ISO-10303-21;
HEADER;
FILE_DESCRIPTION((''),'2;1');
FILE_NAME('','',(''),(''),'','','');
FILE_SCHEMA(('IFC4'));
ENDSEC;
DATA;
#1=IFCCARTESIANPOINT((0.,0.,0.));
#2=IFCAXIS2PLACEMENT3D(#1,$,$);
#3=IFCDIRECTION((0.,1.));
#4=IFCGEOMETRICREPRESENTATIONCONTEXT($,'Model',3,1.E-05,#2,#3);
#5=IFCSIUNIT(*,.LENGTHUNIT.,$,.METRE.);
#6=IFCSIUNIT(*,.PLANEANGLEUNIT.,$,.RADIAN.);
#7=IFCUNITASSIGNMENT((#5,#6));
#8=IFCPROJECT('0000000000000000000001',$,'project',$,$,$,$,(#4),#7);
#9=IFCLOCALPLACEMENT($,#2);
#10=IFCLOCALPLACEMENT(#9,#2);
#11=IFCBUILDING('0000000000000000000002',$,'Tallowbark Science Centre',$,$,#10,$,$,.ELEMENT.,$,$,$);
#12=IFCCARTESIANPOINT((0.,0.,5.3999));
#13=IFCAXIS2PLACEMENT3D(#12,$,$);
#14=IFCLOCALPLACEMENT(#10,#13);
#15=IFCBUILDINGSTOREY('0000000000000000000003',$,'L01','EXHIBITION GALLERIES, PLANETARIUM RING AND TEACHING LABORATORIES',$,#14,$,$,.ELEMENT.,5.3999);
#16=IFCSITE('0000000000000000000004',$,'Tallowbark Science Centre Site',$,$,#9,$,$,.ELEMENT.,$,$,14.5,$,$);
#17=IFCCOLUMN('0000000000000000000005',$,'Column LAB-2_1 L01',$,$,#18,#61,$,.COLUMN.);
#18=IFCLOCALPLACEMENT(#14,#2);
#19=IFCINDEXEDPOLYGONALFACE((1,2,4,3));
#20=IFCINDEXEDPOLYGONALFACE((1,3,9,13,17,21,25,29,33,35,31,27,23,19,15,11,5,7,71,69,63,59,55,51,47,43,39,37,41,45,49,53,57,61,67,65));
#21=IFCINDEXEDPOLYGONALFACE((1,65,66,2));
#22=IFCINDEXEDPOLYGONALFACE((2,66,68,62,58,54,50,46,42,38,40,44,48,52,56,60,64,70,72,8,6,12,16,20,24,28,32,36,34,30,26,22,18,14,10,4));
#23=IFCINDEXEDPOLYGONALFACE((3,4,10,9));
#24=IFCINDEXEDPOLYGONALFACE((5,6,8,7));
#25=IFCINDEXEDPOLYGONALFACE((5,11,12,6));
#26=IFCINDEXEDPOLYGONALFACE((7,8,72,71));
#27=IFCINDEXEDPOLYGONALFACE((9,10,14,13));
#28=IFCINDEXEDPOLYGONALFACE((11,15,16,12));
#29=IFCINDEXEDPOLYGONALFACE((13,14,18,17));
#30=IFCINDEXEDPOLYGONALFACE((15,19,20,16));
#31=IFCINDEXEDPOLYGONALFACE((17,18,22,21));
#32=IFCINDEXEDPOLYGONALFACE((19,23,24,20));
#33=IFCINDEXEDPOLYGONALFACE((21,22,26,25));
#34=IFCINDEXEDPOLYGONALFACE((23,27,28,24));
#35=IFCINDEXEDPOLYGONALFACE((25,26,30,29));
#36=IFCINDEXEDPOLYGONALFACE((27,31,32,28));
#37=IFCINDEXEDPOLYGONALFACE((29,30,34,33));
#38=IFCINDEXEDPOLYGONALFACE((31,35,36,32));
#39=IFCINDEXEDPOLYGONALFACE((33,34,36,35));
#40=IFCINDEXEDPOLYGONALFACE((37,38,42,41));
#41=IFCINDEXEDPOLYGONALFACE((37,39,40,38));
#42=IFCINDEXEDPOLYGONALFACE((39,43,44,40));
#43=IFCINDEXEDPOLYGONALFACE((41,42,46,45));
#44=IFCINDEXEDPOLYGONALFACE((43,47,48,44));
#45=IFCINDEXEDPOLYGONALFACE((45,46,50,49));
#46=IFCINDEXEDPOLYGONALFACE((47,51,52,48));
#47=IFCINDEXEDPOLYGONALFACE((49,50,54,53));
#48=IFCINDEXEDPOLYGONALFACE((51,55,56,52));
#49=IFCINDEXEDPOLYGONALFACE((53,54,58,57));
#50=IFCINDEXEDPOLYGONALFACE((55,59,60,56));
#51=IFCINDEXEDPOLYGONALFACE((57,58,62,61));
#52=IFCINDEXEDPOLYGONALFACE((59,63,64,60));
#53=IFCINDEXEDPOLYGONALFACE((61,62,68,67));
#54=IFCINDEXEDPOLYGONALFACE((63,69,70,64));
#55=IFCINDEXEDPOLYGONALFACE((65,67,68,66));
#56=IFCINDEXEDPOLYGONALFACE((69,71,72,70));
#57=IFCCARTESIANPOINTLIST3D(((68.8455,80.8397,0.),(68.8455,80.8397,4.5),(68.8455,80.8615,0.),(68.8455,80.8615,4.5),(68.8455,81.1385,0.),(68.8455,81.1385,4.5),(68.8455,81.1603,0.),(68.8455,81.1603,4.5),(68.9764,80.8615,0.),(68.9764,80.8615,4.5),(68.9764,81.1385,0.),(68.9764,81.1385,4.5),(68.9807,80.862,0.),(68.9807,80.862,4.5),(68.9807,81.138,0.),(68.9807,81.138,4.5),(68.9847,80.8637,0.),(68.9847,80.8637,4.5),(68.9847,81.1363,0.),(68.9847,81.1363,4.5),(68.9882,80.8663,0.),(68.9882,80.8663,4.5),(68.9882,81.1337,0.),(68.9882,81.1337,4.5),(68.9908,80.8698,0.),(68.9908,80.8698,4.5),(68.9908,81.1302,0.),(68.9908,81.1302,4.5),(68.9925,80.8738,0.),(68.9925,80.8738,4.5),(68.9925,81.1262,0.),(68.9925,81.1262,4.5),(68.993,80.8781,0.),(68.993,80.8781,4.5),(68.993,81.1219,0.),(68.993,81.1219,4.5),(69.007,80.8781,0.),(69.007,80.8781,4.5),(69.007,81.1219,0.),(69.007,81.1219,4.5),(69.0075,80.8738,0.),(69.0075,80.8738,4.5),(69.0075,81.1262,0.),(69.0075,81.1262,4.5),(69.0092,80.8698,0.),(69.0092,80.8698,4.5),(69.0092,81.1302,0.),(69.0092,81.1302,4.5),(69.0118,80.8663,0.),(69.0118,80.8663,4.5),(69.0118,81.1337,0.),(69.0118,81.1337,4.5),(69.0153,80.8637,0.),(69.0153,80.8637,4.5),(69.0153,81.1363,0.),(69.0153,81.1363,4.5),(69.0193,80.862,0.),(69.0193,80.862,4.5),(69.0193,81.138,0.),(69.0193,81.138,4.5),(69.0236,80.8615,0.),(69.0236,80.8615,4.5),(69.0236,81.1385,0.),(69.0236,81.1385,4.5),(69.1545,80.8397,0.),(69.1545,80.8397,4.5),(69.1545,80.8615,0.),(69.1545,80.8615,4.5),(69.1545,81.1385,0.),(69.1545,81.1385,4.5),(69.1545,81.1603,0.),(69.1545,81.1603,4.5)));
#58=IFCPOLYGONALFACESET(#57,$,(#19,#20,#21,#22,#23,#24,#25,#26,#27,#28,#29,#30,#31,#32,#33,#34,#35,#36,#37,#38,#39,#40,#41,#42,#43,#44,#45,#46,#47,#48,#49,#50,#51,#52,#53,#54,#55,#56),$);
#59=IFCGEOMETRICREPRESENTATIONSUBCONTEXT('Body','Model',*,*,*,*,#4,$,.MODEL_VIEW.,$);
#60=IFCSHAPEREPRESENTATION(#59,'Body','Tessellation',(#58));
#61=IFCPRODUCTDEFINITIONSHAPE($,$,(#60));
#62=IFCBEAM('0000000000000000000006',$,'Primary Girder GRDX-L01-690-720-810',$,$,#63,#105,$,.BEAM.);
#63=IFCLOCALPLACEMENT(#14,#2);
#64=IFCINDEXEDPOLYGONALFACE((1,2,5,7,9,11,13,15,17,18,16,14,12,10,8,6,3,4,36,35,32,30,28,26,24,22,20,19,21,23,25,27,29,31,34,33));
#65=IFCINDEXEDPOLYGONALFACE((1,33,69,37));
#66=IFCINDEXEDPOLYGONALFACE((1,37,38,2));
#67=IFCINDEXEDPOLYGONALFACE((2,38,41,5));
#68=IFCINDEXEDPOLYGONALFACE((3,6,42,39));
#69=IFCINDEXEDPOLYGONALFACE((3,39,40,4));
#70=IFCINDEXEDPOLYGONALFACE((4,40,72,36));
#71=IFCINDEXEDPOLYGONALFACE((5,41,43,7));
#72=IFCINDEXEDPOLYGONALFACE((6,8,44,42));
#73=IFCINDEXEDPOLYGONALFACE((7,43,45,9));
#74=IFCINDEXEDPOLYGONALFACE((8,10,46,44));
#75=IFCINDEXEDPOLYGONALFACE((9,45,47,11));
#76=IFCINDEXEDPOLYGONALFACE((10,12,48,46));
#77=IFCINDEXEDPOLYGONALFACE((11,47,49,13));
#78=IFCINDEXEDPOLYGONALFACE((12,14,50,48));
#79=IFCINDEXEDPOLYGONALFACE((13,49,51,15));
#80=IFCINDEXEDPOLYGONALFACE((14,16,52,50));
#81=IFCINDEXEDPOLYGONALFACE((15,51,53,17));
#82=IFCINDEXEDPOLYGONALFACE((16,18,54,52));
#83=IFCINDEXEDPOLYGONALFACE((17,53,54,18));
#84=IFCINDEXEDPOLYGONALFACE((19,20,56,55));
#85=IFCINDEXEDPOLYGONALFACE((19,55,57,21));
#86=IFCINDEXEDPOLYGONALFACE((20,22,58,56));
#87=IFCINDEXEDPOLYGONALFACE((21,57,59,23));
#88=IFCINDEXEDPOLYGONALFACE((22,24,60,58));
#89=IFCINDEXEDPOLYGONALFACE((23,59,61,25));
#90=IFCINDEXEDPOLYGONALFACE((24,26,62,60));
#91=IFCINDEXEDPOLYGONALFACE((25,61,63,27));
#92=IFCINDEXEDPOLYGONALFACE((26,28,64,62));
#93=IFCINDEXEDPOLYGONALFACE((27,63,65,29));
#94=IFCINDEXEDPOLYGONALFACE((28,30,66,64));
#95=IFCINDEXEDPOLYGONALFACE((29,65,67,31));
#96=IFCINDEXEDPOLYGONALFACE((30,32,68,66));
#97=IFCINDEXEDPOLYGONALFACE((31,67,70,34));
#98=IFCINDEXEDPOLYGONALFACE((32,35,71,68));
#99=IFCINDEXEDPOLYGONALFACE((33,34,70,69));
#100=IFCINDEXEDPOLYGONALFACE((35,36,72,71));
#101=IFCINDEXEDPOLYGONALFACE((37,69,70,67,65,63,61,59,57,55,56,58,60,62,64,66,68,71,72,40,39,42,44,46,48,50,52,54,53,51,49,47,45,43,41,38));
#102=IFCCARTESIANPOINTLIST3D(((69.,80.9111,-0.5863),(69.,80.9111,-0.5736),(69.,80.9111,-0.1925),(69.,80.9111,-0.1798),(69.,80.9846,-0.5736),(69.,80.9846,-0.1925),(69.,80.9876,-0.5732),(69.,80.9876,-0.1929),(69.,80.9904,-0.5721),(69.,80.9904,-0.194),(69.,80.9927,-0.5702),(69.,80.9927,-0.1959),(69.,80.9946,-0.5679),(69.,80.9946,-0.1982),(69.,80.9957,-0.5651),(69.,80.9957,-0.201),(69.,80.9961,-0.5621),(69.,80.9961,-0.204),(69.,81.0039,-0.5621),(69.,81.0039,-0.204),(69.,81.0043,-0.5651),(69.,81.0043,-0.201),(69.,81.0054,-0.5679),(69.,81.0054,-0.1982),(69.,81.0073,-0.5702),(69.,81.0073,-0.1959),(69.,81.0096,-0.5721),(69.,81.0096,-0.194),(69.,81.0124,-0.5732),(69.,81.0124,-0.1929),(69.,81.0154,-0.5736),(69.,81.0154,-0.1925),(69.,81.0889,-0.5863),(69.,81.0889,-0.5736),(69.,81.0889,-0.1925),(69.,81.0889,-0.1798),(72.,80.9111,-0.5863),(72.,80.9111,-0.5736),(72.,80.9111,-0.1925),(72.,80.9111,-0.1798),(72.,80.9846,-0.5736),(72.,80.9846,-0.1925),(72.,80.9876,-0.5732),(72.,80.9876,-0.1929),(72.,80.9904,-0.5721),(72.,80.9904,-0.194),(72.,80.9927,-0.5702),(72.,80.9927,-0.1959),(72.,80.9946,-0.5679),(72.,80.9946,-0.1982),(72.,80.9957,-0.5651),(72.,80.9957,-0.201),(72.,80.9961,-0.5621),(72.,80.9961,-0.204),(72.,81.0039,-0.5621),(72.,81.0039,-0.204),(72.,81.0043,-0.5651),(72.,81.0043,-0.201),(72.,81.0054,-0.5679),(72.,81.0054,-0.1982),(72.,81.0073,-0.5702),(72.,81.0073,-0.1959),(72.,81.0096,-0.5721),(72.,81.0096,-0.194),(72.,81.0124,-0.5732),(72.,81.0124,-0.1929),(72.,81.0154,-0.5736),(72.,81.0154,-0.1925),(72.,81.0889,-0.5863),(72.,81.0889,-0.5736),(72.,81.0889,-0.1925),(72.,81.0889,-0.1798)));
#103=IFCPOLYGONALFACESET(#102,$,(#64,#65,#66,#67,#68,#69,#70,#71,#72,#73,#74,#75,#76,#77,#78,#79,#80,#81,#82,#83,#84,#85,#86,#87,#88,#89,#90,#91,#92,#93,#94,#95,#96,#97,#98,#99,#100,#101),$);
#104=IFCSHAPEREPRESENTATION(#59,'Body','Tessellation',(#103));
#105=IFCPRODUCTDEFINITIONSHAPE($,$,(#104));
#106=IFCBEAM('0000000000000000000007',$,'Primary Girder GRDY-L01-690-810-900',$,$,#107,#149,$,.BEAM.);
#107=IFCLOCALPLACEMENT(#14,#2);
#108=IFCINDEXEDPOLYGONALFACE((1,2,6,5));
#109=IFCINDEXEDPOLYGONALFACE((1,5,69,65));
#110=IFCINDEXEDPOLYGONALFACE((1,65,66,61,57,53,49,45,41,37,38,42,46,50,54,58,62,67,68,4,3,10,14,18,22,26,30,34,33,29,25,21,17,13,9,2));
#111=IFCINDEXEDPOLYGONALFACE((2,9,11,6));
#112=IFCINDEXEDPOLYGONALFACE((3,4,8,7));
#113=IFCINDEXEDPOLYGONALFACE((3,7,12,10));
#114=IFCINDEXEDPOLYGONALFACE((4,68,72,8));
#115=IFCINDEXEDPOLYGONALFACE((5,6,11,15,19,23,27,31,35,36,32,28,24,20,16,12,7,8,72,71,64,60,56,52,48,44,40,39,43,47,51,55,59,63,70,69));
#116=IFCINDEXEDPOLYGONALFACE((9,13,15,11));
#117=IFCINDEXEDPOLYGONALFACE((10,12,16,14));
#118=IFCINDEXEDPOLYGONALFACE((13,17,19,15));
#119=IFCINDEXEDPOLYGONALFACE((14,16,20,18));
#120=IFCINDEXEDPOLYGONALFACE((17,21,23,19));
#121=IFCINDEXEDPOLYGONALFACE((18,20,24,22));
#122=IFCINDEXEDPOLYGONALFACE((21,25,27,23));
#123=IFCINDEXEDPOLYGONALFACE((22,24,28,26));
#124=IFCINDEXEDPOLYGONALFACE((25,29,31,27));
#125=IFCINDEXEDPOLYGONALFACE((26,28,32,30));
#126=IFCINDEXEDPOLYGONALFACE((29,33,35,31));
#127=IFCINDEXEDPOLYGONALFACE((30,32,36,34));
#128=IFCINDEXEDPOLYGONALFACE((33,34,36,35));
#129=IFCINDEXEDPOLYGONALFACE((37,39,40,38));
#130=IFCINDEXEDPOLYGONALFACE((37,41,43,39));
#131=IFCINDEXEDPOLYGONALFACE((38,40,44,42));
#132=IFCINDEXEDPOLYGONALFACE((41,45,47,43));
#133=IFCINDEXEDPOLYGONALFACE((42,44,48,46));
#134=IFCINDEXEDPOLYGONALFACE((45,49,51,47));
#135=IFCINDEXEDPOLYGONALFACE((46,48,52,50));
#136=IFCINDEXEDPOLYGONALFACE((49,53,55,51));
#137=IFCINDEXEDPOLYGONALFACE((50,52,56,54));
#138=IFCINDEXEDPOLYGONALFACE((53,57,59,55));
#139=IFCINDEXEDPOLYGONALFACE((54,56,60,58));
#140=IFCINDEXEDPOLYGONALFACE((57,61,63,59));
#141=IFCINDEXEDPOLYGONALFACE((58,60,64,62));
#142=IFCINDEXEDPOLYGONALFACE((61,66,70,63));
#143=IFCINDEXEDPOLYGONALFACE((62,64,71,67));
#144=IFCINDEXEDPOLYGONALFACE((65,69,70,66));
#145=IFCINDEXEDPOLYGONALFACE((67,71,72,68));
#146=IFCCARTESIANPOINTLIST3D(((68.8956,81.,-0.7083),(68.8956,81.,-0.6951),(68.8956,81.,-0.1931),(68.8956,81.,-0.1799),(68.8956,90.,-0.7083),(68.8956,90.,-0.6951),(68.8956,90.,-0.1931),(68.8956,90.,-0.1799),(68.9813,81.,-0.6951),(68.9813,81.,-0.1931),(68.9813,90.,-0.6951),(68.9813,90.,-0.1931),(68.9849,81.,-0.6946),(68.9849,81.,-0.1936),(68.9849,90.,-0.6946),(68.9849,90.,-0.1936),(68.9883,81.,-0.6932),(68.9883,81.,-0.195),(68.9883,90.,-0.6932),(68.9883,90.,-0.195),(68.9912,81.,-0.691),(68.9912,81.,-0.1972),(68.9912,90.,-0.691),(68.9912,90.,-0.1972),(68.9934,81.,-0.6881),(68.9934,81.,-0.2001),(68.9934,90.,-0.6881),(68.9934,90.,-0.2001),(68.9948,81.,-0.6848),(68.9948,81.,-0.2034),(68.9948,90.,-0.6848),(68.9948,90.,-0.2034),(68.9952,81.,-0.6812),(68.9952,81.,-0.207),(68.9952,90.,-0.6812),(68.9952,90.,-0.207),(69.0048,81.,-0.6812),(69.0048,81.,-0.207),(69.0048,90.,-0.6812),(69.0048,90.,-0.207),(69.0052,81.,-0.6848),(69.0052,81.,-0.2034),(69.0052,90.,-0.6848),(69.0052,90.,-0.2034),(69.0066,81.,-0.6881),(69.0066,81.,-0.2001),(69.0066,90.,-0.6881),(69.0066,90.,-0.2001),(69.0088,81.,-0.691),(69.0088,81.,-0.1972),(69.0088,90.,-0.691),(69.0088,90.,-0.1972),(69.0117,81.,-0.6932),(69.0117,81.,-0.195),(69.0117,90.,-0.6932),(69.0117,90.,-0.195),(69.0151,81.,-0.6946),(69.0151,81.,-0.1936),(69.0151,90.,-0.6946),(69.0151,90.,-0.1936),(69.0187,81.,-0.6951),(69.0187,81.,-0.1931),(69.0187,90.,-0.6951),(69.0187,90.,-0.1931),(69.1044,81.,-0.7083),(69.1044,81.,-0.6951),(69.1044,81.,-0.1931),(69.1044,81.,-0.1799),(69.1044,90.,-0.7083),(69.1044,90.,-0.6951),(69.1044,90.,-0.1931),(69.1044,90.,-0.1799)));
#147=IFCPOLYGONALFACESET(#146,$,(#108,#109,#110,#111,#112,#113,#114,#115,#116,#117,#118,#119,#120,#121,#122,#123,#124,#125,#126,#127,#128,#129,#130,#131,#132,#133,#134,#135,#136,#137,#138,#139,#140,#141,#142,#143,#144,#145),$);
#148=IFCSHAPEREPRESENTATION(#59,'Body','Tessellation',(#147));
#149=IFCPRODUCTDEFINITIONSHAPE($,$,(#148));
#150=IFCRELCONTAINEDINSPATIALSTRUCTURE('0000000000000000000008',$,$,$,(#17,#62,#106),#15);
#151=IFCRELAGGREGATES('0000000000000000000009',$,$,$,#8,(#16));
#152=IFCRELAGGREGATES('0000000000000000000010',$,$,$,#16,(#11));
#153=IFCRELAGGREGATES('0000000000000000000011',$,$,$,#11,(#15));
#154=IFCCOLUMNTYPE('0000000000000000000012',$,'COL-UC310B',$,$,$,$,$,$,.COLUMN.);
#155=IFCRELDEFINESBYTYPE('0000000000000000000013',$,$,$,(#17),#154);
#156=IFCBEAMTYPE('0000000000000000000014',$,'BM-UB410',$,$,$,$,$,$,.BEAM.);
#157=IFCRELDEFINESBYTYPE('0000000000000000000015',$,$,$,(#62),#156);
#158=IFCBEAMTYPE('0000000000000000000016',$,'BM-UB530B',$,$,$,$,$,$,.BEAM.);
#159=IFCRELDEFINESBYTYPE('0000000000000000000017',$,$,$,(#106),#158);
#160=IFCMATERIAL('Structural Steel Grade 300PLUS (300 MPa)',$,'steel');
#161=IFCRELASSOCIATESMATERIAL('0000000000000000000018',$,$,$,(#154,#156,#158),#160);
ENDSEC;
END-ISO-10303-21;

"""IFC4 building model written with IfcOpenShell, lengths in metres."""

from ifc_helpers import new_model, si_unit, direction, frame, origin, origin_2d, place, context, subcontext, project, spatial, i_section, extrude, material, material_profile, profile_set, type_object, element, save


model = new_model("IFC4")

# Units and contexts
model_context = context("Model", 3, precision=1e-05, world=origin(), true_north=direction((0.0, 1.0)))
body_context = subcontext(model_context, "Body", "Model", "MODEL_VIEW")
ifc_project = project(units=[si_unit("LENGTHUNIT", "METRE"), si_unit("PLANEANGLEUNIT", "RADIAN")], contexts=[model_context])

# Site, building, storey
site_placement = place(None, origin())
site = spatial("IfcSite", under=ifc_project, at=site_placement, Name="Tallowbark Science Centre Site", CompositionType="ELEMENT", RefElevation=14.5)
building_placement = place(site_placement, origin())
building = spatial("IfcBuilding", under=site, at=building_placement, Name="Tallowbark Science Centre", CompositionType="ELEMENT")
storey_placement = place(building_placement, frame((0.0, 0.0, 5.3999)))
storey = spatial("IfcBuildingStorey", under=building, at=storey_placement, Name="L01", Description="EXHIBITION GALLERIES, PLANETARIUM RING AND TEACHING LABORATORIES", CompositionType="ELEMENT", Elevation=5.3999)

# Column
ifc_material_1 = material(Name="Structural Steel Grade 300PLUS (300 MPa)", Category="steel")
ifc_material_profile_1 = material_profile(ifc_material_1, i_section(OverallWidth=0.3091, OverallDepth=0.3206, WebThickness=0.0139, FlangeThickness=0.0217, FilletRadius=0.0166, at=origin_2d()), Name="310UC137")
ifc_profile_set_1 = profile_set([ifc_material_profile_1], Name="Structural Steel Grade 300PLUS (300 MPa)")
column_type = type_object("IfcColumnType", Name="COL-UC310B", PredefinedType="COLUMN", material=ifc_profile_set_1)
column_placement = place(storey_placement, frame((69.0, 81.0, 0.0), z_axis=(0.0, 0.0, 1.0), x_axis=(1.0, 0.0, 0.0)))
element("IfcColumn", 1, at=column_placement, inside=storey, type_object=column_type, Name="Column LAB-2_1 L01", PredefinedType="COLUMN", context=body_context, shape_type="SweptSolid", body=[
    extrude(i_section(OverallWidth=0.3091, OverallDepth=0.3206, WebThickness=0.0139, FlangeThickness=0.0217, FilletRadius=0.0166, at=origin_2d()), origin(), (0.0, 0.0, 1.0), 4.5),
])

# Beams
ifc_material_profile_2 = material_profile(ifc_material_1, i_section(OverallWidth=0.1777, OverallDepth=0.4065, WebThickness=0.0078, FlangeThickness=0.0127, FilletRadius=0.0115, at=origin_2d()), Name="410UB59.7")
ifc_profile_set_2 = profile_set([ifc_material_profile_2], Name="Structural Steel Grade 300PLUS (300 MPa)")
beam_type_1 = type_object("IfcBeamType", Name="BM-UB410", PredefinedType="BEAM", material=ifc_profile_set_2)
beam_1_placement = place(storey_placement, frame((69.0, 81.0, -0.3831), z_axis=(1.0, 0.0, 0.0), x_axis=(0.0, 1.0, 0.0)))
element("IfcBeam", 2, at=beam_1_placement, inside=storey, type_object=beam_type_1, Name="Primary Girder GRDX-L01-690-720-810", PredefinedType="BEAM", context=body_context, shape_type="SweptSolid", body=[
    extrude(i_section(OverallWidth=0.1777, OverallDepth=0.4065, WebThickness=0.0078, FlangeThickness=0.0127, FilletRadius=0.0115, at=origin_2d()), origin(), (0.0, 0.0, 1.0), 3.0),
])
ifc_material_profile_3 = material_profile(ifc_material_1, i_section(OverallWidth=0.2087, OverallDepth=0.5283, WebThickness=0.0095, FlangeThickness=0.0132, FilletRadius=0.0139, at=origin_2d()), Name="530UB82.0")
ifc_profile_set_3 = profile_set([ifc_material_profile_3], Name="Structural Steel Grade 300PLUS (300 MPa)")
beam_type_2 = type_object("IfcBeamType", Name="BM-UB530B", PredefinedType="BEAM", material=ifc_profile_set_3)
beam_2_placement = place(storey_placement, frame((69.0, 81.0, -0.4441), z_axis=(0.0, 1.0, 0.0), x_axis=(-1.0, 0.0, 0.0)))
element("IfcBeam", 3, at=beam_2_placement, inside=storey, type_object=beam_type_2, Name="Primary Girder GRDY-L01-690-810-900", PredefinedType="BEAM", context=body_context, shape_type="SweptSolid", body=[
    extrude(i_section(OverallWidth=0.2087, OverallDepth=0.5283, WebThickness=0.0095, FlangeThickness=0.0132, FilletRadius=0.0139, at=origin_2d()), origin(), (0.0, 0.0, 1.0), 9.0),
])

save(model, "model.ifc")
